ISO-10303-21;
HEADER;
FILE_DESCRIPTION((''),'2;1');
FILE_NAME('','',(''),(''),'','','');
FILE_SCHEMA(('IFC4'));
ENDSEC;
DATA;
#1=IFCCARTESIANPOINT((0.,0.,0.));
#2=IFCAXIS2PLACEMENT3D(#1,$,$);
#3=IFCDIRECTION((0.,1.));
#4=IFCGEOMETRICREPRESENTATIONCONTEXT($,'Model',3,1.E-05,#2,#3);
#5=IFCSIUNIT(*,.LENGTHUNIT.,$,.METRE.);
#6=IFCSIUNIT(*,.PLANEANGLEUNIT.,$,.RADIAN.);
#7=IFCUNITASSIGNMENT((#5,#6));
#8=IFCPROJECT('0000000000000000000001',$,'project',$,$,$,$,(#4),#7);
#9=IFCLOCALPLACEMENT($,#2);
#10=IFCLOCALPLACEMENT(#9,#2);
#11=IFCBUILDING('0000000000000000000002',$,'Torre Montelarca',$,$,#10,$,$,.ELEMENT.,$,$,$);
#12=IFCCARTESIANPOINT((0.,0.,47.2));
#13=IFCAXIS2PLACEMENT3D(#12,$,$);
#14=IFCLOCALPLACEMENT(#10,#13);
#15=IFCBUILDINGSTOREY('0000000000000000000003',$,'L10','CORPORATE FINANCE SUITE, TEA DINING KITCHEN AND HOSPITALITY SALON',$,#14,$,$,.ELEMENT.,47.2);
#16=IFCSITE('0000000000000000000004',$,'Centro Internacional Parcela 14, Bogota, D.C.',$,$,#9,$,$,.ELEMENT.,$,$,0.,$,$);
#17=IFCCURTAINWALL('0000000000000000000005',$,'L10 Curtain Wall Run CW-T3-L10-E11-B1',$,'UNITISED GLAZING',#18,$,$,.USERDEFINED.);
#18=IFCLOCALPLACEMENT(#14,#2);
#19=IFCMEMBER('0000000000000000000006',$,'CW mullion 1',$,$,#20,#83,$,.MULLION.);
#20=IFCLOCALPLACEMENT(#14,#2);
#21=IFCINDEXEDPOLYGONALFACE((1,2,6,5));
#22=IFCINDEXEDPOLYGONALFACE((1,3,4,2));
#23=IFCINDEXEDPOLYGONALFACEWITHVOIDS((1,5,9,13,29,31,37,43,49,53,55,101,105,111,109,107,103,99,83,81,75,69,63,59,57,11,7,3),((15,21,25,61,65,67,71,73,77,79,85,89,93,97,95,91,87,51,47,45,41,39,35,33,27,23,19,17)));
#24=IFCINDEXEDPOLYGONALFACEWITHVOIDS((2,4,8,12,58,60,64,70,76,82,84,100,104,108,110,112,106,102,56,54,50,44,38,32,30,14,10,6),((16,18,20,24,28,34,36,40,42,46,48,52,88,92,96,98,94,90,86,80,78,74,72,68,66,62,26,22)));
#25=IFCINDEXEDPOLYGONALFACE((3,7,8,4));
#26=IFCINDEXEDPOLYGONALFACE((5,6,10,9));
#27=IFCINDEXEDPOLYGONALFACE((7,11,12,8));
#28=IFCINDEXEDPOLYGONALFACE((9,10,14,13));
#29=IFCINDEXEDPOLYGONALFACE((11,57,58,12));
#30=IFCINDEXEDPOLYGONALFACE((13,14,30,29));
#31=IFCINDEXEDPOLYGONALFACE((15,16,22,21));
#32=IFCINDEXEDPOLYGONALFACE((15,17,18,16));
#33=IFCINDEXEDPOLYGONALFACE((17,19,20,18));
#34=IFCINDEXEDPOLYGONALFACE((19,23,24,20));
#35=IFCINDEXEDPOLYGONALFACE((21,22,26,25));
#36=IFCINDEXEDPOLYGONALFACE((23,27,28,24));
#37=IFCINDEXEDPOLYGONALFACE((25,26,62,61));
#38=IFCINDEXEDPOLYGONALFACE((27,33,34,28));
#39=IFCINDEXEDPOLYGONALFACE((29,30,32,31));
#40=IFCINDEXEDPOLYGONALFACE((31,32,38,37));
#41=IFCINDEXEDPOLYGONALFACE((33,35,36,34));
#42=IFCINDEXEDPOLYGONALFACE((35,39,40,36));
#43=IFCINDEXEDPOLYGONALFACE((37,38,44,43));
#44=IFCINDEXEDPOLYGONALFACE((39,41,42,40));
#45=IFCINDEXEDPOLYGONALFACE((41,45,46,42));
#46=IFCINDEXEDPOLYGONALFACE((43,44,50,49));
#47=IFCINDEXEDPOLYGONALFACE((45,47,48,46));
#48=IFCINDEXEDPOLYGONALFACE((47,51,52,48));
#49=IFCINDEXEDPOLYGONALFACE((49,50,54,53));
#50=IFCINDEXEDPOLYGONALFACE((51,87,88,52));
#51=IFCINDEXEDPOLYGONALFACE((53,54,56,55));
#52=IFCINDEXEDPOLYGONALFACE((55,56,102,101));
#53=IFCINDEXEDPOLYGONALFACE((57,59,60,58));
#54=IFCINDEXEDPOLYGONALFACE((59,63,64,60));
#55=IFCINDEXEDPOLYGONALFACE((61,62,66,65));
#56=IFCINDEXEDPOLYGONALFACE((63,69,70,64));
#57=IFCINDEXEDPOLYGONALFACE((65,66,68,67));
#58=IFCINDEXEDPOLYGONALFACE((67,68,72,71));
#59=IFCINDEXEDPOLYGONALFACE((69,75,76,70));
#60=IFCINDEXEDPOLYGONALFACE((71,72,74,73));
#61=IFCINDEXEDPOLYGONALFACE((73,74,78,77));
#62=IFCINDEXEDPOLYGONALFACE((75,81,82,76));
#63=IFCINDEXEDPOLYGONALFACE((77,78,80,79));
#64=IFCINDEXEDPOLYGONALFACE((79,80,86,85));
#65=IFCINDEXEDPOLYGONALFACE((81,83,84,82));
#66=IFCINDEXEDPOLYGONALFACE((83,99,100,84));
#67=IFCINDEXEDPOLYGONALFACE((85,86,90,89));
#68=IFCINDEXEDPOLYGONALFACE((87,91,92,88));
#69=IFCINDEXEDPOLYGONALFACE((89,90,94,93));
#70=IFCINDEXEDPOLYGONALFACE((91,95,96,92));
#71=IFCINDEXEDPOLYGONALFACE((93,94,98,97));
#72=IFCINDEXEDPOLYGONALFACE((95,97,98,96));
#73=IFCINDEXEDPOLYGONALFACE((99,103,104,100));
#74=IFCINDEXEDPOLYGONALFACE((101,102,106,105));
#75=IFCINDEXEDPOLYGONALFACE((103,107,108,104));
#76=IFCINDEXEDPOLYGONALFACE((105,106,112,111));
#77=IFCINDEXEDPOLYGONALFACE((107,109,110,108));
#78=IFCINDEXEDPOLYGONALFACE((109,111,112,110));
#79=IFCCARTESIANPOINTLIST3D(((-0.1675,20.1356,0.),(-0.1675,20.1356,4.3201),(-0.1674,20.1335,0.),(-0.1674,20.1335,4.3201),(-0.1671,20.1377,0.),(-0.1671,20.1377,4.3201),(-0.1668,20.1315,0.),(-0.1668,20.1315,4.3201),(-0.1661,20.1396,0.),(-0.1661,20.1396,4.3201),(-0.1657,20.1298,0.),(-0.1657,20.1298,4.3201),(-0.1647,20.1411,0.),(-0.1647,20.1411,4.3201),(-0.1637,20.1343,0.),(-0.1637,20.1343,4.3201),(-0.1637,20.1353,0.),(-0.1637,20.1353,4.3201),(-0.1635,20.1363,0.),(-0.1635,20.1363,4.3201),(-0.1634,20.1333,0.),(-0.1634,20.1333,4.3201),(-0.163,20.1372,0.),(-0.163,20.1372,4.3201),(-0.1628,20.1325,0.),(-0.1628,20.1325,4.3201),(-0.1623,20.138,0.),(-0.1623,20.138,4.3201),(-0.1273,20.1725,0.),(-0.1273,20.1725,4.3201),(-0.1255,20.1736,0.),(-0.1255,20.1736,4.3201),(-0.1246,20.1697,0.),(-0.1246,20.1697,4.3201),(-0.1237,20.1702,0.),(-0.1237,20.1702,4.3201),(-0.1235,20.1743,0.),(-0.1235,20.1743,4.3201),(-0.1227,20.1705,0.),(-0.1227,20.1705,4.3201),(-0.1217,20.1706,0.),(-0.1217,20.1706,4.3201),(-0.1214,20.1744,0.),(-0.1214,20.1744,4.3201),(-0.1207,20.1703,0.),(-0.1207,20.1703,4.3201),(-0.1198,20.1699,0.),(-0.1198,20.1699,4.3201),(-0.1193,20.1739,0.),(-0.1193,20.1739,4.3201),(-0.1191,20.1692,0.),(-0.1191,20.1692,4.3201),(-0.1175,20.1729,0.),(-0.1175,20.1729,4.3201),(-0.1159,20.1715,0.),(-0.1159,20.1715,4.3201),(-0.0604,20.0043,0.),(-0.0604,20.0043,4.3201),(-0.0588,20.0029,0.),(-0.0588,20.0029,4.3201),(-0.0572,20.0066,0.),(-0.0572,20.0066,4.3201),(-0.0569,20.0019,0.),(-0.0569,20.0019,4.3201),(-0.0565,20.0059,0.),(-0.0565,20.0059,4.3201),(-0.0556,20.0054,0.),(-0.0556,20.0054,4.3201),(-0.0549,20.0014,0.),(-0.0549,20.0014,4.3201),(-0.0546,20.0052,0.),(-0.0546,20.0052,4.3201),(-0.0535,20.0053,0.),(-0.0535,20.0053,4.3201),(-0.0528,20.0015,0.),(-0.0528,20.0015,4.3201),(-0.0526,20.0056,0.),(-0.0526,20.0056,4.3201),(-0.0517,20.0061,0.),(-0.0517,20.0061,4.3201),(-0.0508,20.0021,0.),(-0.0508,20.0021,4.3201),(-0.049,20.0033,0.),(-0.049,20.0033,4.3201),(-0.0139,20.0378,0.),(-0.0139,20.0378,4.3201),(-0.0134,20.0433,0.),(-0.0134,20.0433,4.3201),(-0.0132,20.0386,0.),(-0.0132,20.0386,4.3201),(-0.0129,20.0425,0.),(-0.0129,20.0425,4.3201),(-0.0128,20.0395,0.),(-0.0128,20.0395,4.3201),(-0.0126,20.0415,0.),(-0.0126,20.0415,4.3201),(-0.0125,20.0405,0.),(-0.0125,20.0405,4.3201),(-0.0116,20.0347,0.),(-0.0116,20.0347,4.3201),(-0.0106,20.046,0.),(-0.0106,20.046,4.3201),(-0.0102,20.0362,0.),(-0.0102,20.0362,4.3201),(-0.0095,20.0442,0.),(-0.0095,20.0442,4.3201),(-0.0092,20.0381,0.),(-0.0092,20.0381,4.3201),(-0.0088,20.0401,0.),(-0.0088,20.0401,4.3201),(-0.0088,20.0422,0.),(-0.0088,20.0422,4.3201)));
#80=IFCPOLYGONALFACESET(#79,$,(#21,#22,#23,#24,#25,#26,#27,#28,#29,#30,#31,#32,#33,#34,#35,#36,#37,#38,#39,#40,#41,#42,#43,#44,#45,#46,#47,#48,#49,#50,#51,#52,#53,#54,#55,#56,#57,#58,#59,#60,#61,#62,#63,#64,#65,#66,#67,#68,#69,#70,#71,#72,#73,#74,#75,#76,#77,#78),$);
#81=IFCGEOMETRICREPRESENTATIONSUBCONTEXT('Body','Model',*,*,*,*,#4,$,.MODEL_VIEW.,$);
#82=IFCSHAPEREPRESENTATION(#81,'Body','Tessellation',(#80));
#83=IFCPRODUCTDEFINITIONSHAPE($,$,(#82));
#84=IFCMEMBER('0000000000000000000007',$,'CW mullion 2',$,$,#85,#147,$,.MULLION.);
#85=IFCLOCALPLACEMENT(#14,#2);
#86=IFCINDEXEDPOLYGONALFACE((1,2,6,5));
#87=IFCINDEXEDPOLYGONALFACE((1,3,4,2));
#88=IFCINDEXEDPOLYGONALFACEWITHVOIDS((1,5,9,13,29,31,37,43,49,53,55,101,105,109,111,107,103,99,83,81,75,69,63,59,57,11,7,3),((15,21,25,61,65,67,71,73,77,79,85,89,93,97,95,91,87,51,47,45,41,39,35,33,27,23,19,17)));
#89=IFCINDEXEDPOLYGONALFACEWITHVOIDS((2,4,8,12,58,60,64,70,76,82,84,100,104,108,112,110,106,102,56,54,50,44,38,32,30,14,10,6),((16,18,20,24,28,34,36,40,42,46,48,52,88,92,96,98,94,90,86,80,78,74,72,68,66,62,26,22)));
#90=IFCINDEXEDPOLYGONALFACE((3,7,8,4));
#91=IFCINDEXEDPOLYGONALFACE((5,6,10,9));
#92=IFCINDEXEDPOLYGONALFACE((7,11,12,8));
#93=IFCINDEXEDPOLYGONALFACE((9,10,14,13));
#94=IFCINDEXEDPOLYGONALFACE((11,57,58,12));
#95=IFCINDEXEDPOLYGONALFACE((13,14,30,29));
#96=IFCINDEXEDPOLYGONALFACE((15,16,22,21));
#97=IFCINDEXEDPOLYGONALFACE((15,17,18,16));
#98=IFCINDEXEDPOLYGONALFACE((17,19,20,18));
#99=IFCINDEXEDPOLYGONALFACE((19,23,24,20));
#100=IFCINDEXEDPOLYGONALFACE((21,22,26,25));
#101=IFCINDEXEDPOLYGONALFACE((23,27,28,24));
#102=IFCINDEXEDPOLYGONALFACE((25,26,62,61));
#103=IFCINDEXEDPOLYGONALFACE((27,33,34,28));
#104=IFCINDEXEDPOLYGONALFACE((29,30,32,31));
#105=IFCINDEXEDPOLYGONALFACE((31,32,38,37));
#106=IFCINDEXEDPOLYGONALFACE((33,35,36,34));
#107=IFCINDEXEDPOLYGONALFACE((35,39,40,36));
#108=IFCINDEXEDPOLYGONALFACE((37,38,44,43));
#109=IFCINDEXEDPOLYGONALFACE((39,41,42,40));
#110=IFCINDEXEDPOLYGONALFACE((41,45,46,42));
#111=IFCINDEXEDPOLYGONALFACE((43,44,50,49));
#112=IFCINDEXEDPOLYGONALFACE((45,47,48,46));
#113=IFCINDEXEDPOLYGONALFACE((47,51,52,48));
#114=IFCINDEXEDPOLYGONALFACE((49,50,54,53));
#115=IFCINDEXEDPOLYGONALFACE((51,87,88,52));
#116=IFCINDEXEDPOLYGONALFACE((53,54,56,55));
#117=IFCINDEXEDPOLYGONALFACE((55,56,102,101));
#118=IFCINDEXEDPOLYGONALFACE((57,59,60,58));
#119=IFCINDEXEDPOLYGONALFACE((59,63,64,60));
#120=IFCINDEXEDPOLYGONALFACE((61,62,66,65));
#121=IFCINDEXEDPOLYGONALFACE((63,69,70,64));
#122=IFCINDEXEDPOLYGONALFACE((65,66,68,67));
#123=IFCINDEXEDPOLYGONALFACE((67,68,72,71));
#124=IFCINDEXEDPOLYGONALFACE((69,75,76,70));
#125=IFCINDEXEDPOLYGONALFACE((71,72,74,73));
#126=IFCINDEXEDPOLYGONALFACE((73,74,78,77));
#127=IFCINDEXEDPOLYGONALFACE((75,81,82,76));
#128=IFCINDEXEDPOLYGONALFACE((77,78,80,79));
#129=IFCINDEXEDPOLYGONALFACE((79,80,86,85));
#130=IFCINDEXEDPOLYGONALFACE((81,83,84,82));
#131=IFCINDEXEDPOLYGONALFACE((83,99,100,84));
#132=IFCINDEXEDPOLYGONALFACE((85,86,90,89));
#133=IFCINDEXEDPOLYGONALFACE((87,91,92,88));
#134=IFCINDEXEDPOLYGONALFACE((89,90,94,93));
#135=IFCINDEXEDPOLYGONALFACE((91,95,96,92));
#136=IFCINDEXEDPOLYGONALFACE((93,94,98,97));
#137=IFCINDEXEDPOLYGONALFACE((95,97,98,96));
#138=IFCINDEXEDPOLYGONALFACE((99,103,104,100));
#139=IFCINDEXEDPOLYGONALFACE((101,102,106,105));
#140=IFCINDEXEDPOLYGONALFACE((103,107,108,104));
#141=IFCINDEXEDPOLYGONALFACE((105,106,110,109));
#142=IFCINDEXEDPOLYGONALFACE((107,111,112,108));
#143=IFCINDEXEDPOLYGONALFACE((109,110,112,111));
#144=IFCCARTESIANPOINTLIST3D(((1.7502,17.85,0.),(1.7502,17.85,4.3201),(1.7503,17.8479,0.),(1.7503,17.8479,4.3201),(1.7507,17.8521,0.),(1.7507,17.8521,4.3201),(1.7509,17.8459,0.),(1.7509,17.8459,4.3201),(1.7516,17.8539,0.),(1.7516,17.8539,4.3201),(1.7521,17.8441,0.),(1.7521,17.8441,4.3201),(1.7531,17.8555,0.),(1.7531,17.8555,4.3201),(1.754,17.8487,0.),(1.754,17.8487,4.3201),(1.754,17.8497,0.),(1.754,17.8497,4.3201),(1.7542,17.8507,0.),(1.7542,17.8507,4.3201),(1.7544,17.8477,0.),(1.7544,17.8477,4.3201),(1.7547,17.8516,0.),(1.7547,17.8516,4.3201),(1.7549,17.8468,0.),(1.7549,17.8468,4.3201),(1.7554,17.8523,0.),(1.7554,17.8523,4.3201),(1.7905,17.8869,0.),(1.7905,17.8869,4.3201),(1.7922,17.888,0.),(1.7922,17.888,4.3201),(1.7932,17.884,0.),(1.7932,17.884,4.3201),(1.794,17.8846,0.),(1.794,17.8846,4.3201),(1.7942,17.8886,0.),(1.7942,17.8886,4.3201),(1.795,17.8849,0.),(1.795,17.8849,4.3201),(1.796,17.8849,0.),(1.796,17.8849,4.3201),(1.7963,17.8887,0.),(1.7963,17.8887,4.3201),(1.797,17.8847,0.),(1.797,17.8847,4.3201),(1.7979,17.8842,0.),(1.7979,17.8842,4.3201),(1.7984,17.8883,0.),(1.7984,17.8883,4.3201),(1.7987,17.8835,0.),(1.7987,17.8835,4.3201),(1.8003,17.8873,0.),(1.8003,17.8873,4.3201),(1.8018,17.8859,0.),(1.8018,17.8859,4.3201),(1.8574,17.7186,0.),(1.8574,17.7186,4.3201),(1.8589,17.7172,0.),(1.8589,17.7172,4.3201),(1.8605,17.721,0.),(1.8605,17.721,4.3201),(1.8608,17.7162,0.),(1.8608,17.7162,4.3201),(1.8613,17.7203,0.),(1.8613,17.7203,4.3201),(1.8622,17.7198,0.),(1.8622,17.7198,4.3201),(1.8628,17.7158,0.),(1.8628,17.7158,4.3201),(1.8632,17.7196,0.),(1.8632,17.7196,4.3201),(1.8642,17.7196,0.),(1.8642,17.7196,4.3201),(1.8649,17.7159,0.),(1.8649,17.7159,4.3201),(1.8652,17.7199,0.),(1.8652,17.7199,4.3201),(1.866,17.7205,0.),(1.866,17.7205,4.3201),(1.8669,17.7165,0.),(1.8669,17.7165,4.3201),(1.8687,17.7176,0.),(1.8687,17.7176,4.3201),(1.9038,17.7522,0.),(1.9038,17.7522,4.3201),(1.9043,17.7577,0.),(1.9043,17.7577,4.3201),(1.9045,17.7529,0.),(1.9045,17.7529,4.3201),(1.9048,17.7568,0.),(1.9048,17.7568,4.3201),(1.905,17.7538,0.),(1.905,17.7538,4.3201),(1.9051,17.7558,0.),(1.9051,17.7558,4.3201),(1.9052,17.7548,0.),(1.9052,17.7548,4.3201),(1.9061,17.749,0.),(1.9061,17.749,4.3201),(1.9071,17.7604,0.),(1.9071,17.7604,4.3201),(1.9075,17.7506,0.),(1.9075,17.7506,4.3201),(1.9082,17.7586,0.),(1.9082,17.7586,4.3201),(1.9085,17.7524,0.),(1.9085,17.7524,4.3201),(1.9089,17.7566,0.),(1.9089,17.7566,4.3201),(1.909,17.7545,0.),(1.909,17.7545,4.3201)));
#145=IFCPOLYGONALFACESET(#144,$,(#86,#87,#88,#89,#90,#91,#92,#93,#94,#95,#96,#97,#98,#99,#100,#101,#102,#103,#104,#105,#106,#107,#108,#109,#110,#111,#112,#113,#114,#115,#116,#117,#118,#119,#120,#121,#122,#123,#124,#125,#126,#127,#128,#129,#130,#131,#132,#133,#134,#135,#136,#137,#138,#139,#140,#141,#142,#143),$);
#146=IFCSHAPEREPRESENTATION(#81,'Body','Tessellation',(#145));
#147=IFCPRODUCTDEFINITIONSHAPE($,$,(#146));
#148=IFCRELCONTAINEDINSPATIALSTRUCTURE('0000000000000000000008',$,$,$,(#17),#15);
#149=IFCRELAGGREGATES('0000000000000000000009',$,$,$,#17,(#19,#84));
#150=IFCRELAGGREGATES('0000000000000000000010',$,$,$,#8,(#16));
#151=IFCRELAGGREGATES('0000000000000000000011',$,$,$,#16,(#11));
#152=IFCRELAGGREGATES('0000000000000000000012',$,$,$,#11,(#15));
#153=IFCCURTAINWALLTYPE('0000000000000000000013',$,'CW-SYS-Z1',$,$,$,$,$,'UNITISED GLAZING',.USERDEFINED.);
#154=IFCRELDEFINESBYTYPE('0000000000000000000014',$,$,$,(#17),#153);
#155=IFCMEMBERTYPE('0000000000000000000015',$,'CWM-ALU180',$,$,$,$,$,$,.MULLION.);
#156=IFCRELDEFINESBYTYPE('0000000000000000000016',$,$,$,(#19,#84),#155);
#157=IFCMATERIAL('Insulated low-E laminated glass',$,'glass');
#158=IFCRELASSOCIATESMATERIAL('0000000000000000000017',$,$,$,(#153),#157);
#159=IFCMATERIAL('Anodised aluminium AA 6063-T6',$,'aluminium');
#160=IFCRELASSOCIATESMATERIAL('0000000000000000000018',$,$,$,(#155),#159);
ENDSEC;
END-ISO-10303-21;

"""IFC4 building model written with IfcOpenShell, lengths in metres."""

from ifc_helpers import new_model, si_unit, direction, frame, origin, origin_2d, place, context, subcontext, project, spatial, hollow_rectangle, extrude, source, transform, mapped, material, material_profile, profile_set, type_object, element, aggregate, save


model = new_model("IFC4")

# Units and contexts
model_context = context("Model", 3, precision=1e-05, world=origin(), true_north=direction((0.0, 1.0)))
body_context = subcontext(model_context, "Body", "Model", "MODEL_VIEW")
ifc_project = project(units=[si_unit("LENGTHUNIT", "METRE"), si_unit("PLANEANGLEUNIT", "RADIAN")], contexts=[model_context])

# Site, building, storey
site_placement = place(None, origin())
site = spatial("IfcSite", under=ifc_project, at=site_placement, Name="Centro Internacional Parcela 14, Bogota, D.C.", CompositionType="ELEMENT", RefElevation=0.0)
building_placement = place(site_placement, origin())
building = spatial("IfcBuilding", under=site, at=building_placement, Name="Torre Montelarca", CompositionType="ELEMENT")
storey_placement = place(building_placement, frame((0.0, 0.0, 47.2)))
storey = spatial("IfcBuildingStorey", under=building, at=storey_placement, Name="L10", Description="CORPORATE FINANCE SUITE, TEA DINING KITCHEN AND HOSPITALITY SALON", CompositionType="ELEMENT", Elevation=47.2)

# Shared definitions
ifc_material_1 = material(Name="Insulated low-E laminated glass", Category="glass")
curtain_wall_type = type_object("IfcCurtainWallType", Name="CW-SYS-Z1", ElementType="UNITISED GLAZING", PredefinedType="USERDEFINED", material=ifc_material_1)
ifc_material_2 = material(Name="Anodised aluminium AA 6063-T6", Category="aluminium")
ifc_material_profile_1 = material_profile(ifc_material_2, hollow_rectangle(XDim=0.0649, YDim=0.1799, WallThickness=0.0039, InnerFilletRadius=0.0039, OuterFilletRadius=0.0081, at=origin_2d()), Name="ALU65X180X4", Category="aluminium")
ifc_profile_set_1 = profile_set([ifc_material_profile_1], Name="Anodised aluminium AA 6063-T6")
member_type_1 = type_object("IfcMemberType", Name="CWM-ALU180", PredefinedType="MULLION", material=ifc_profile_set_1)
shared_shape_1 = source(origin(), body_context, "Body", "SweptSolid", [
    extrude(hollow_rectangle(XDim=0.0649, YDim=0.1799, WallThickness=0.0039, InnerFilletRadius=0.0039, OuterFilletRadius=0.0081, at=origin_2d()), origin(), (0.0, 0.0, 1.0), 4.3201),
])

# Curtain wall, members
curtain_wall_1_placement = place(storey_placement, origin())
curtain_wall_1 = element("IfcCurtainWall", 1, at=curtain_wall_1_placement, inside=storey, type_object=curtain_wall_type, Name="L10 Curtain Wall Run CW-T3-L10-E11-B1", ObjectType="UNITISED GLAZING", PredefinedType="USERDEFINED")
member_1_placement = place(storey_placement, frame((-0.0881, 20.0879, 0.0), z_axis=(0.0, 0.0, 1.0), x_axis=(0.766043, 0.64279, 0.0)))
member_1 = element("IfcMember", 2, at=member_1_placement, type_object=member_type_1, Name="CW mullion 1", PredefinedType="MULLION", context=body_context, shape_type="MappedRepresentation", body=[
    mapped(shared_shape_1, transform((0.0, 0.0, 0.0), scale=1.0)),
])
member_2_placement = place(storey_placement, frame((1.8296, 17.8022, 0.0), z_axis=(0.0, 0.0, 1.0), x_axis=(0.766043, 0.64279, 0.0)))
member_2 = element("IfcMember", 3, at=member_2_placement, type_object=member_type_1, Name="CW mullion 2", PredefinedType="MULLION", context=body_context, shape_type="MappedRepresentation", body=[
    mapped(shared_shape_1, transform((0.0, 0.0, 0.0), scale=1.0)),
])
aggregate(curtain_wall_1, [member_1, member_2])

save(model, "model.ifc")
